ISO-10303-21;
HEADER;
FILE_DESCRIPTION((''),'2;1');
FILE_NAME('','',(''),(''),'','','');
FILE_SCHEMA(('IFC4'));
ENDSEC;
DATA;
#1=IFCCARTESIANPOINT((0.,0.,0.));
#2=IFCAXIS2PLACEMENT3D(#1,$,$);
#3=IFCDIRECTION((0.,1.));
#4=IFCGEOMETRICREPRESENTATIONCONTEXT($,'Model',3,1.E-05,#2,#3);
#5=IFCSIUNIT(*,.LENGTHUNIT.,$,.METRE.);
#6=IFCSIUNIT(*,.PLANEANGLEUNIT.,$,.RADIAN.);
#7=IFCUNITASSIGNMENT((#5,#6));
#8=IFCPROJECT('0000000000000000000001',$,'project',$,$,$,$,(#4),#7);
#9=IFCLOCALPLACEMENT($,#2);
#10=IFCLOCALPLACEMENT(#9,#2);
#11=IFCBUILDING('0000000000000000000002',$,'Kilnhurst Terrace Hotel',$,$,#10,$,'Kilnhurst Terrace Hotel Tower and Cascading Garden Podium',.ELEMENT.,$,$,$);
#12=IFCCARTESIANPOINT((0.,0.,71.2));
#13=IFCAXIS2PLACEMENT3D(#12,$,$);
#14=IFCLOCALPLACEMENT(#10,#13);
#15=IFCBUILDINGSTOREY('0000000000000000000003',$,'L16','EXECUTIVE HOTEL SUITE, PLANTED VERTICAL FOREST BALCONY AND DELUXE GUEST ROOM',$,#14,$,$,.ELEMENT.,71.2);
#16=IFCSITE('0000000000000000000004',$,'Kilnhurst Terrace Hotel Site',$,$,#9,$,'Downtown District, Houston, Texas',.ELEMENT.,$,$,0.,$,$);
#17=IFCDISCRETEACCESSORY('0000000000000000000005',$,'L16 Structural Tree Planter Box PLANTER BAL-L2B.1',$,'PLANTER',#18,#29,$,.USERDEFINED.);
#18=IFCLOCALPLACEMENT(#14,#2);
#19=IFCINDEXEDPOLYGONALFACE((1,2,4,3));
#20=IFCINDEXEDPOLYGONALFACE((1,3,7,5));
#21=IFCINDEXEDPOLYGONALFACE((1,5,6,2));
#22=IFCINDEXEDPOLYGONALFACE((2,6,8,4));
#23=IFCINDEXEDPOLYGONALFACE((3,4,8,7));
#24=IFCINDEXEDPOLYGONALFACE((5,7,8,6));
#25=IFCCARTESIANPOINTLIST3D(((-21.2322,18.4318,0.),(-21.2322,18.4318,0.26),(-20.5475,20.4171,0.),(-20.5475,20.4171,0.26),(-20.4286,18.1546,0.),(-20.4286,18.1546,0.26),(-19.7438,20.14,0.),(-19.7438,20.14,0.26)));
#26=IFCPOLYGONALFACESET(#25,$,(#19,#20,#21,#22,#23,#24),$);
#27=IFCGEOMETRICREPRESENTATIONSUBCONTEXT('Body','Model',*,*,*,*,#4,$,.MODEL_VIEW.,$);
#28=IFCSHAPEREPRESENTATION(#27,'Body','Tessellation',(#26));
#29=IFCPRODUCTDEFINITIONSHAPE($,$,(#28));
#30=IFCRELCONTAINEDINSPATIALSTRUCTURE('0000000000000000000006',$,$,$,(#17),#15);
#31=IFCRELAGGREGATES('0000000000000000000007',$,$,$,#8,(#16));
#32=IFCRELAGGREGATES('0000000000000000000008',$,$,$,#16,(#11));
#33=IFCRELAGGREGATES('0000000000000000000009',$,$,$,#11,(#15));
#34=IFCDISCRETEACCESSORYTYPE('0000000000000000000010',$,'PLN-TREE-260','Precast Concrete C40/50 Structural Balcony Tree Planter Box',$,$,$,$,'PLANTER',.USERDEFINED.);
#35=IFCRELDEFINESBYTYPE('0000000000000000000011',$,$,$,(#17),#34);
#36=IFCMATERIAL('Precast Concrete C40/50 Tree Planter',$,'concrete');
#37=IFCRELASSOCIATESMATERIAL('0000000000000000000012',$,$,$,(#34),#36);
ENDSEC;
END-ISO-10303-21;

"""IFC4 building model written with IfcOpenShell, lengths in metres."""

from ifc_helpers import new_model, si_unit, direction, frame, origin, origin_2d, place, context, subcontext, project, spatial, rectangle, extrude, material, type_object, element, save


model = new_model("IFC4")

# Units and contexts
model_context = context("Model", 3, precision=1e-05, world=origin(), true_north=direction((0.0, 1.0)))
body_context = subcontext(model_context, "Body", "Model", "MODEL_VIEW")
ifc_project = project(units=[si_unit("LENGTHUNIT", "METRE"), si_unit("PLANEANGLEUNIT", "RADIAN")], contexts=[model_context])

# Site, building, storey
site_placement = place(None, origin())
site = spatial("IfcSite", under=ifc_project, at=site_placement, Name="Kilnhurst Terrace Hotel Site", LongName="Downtown District, Houston, Texas", CompositionType="ELEMENT", RefElevation=0.0)
building_placement = place(site_placement, origin())
building = spatial("IfcBuilding", under=site, at=building_placement, Name="Kilnhurst Terrace Hotel", LongName="Kilnhurst Terrace Hotel Tower and Cascading Garden Podium", CompositionType="ELEMENT")
storey_placement = place(building_placement, frame((0.0, 0.0, 71.2)))
storey = spatial("IfcBuildingStorey", under=building, at=storey_placement, Name="L16", Description="EXECUTIVE HOTEL SUITE, PLANTED VERTICAL FOREST BALCONY AND DELUXE GUEST ROOM", CompositionType="ELEMENT", Elevation=71.2)

# Discrete accessory
ifc_material_1 = material(Name="Precast Concrete C40/50 Tree Planter", Category="concrete")
discrete_accessory_type_1 = type_object("IfcDiscreteAccessoryType", Name="PLN-TREE-260", Description="Precast Concrete C40/50 Structural Balcony Tree Planter Box", ElementType="PLANTER", PredefinedType="USERDEFINED", material=ifc_material_1)
discrete_accessory_1_placement = place(storey_placement, frame((-20.488, 19.2859, 0.0), z_axis=(0.0, 0.0, 1.0), x_axis=(-0.326063, -0.945348, 0.0)))
element("IfcDiscreteAccessory", 1, at=discrete_accessory_1_placement, inside=storey, type_object=discrete_accessory_type_1, Name="L16 Structural Tree Planter Box PLANTER BAL-L2B.1", ObjectType="PLANTER", PredefinedType="USERDEFINED", context=body_context, shape_type="SweptSolid", body=[
    extrude(rectangle(XDim=2.1001, YDim=0.8501, at=origin_2d()), origin(), (0.0, 0.0, 1.0), 0.26),
])

save(model, "model.ifc")
